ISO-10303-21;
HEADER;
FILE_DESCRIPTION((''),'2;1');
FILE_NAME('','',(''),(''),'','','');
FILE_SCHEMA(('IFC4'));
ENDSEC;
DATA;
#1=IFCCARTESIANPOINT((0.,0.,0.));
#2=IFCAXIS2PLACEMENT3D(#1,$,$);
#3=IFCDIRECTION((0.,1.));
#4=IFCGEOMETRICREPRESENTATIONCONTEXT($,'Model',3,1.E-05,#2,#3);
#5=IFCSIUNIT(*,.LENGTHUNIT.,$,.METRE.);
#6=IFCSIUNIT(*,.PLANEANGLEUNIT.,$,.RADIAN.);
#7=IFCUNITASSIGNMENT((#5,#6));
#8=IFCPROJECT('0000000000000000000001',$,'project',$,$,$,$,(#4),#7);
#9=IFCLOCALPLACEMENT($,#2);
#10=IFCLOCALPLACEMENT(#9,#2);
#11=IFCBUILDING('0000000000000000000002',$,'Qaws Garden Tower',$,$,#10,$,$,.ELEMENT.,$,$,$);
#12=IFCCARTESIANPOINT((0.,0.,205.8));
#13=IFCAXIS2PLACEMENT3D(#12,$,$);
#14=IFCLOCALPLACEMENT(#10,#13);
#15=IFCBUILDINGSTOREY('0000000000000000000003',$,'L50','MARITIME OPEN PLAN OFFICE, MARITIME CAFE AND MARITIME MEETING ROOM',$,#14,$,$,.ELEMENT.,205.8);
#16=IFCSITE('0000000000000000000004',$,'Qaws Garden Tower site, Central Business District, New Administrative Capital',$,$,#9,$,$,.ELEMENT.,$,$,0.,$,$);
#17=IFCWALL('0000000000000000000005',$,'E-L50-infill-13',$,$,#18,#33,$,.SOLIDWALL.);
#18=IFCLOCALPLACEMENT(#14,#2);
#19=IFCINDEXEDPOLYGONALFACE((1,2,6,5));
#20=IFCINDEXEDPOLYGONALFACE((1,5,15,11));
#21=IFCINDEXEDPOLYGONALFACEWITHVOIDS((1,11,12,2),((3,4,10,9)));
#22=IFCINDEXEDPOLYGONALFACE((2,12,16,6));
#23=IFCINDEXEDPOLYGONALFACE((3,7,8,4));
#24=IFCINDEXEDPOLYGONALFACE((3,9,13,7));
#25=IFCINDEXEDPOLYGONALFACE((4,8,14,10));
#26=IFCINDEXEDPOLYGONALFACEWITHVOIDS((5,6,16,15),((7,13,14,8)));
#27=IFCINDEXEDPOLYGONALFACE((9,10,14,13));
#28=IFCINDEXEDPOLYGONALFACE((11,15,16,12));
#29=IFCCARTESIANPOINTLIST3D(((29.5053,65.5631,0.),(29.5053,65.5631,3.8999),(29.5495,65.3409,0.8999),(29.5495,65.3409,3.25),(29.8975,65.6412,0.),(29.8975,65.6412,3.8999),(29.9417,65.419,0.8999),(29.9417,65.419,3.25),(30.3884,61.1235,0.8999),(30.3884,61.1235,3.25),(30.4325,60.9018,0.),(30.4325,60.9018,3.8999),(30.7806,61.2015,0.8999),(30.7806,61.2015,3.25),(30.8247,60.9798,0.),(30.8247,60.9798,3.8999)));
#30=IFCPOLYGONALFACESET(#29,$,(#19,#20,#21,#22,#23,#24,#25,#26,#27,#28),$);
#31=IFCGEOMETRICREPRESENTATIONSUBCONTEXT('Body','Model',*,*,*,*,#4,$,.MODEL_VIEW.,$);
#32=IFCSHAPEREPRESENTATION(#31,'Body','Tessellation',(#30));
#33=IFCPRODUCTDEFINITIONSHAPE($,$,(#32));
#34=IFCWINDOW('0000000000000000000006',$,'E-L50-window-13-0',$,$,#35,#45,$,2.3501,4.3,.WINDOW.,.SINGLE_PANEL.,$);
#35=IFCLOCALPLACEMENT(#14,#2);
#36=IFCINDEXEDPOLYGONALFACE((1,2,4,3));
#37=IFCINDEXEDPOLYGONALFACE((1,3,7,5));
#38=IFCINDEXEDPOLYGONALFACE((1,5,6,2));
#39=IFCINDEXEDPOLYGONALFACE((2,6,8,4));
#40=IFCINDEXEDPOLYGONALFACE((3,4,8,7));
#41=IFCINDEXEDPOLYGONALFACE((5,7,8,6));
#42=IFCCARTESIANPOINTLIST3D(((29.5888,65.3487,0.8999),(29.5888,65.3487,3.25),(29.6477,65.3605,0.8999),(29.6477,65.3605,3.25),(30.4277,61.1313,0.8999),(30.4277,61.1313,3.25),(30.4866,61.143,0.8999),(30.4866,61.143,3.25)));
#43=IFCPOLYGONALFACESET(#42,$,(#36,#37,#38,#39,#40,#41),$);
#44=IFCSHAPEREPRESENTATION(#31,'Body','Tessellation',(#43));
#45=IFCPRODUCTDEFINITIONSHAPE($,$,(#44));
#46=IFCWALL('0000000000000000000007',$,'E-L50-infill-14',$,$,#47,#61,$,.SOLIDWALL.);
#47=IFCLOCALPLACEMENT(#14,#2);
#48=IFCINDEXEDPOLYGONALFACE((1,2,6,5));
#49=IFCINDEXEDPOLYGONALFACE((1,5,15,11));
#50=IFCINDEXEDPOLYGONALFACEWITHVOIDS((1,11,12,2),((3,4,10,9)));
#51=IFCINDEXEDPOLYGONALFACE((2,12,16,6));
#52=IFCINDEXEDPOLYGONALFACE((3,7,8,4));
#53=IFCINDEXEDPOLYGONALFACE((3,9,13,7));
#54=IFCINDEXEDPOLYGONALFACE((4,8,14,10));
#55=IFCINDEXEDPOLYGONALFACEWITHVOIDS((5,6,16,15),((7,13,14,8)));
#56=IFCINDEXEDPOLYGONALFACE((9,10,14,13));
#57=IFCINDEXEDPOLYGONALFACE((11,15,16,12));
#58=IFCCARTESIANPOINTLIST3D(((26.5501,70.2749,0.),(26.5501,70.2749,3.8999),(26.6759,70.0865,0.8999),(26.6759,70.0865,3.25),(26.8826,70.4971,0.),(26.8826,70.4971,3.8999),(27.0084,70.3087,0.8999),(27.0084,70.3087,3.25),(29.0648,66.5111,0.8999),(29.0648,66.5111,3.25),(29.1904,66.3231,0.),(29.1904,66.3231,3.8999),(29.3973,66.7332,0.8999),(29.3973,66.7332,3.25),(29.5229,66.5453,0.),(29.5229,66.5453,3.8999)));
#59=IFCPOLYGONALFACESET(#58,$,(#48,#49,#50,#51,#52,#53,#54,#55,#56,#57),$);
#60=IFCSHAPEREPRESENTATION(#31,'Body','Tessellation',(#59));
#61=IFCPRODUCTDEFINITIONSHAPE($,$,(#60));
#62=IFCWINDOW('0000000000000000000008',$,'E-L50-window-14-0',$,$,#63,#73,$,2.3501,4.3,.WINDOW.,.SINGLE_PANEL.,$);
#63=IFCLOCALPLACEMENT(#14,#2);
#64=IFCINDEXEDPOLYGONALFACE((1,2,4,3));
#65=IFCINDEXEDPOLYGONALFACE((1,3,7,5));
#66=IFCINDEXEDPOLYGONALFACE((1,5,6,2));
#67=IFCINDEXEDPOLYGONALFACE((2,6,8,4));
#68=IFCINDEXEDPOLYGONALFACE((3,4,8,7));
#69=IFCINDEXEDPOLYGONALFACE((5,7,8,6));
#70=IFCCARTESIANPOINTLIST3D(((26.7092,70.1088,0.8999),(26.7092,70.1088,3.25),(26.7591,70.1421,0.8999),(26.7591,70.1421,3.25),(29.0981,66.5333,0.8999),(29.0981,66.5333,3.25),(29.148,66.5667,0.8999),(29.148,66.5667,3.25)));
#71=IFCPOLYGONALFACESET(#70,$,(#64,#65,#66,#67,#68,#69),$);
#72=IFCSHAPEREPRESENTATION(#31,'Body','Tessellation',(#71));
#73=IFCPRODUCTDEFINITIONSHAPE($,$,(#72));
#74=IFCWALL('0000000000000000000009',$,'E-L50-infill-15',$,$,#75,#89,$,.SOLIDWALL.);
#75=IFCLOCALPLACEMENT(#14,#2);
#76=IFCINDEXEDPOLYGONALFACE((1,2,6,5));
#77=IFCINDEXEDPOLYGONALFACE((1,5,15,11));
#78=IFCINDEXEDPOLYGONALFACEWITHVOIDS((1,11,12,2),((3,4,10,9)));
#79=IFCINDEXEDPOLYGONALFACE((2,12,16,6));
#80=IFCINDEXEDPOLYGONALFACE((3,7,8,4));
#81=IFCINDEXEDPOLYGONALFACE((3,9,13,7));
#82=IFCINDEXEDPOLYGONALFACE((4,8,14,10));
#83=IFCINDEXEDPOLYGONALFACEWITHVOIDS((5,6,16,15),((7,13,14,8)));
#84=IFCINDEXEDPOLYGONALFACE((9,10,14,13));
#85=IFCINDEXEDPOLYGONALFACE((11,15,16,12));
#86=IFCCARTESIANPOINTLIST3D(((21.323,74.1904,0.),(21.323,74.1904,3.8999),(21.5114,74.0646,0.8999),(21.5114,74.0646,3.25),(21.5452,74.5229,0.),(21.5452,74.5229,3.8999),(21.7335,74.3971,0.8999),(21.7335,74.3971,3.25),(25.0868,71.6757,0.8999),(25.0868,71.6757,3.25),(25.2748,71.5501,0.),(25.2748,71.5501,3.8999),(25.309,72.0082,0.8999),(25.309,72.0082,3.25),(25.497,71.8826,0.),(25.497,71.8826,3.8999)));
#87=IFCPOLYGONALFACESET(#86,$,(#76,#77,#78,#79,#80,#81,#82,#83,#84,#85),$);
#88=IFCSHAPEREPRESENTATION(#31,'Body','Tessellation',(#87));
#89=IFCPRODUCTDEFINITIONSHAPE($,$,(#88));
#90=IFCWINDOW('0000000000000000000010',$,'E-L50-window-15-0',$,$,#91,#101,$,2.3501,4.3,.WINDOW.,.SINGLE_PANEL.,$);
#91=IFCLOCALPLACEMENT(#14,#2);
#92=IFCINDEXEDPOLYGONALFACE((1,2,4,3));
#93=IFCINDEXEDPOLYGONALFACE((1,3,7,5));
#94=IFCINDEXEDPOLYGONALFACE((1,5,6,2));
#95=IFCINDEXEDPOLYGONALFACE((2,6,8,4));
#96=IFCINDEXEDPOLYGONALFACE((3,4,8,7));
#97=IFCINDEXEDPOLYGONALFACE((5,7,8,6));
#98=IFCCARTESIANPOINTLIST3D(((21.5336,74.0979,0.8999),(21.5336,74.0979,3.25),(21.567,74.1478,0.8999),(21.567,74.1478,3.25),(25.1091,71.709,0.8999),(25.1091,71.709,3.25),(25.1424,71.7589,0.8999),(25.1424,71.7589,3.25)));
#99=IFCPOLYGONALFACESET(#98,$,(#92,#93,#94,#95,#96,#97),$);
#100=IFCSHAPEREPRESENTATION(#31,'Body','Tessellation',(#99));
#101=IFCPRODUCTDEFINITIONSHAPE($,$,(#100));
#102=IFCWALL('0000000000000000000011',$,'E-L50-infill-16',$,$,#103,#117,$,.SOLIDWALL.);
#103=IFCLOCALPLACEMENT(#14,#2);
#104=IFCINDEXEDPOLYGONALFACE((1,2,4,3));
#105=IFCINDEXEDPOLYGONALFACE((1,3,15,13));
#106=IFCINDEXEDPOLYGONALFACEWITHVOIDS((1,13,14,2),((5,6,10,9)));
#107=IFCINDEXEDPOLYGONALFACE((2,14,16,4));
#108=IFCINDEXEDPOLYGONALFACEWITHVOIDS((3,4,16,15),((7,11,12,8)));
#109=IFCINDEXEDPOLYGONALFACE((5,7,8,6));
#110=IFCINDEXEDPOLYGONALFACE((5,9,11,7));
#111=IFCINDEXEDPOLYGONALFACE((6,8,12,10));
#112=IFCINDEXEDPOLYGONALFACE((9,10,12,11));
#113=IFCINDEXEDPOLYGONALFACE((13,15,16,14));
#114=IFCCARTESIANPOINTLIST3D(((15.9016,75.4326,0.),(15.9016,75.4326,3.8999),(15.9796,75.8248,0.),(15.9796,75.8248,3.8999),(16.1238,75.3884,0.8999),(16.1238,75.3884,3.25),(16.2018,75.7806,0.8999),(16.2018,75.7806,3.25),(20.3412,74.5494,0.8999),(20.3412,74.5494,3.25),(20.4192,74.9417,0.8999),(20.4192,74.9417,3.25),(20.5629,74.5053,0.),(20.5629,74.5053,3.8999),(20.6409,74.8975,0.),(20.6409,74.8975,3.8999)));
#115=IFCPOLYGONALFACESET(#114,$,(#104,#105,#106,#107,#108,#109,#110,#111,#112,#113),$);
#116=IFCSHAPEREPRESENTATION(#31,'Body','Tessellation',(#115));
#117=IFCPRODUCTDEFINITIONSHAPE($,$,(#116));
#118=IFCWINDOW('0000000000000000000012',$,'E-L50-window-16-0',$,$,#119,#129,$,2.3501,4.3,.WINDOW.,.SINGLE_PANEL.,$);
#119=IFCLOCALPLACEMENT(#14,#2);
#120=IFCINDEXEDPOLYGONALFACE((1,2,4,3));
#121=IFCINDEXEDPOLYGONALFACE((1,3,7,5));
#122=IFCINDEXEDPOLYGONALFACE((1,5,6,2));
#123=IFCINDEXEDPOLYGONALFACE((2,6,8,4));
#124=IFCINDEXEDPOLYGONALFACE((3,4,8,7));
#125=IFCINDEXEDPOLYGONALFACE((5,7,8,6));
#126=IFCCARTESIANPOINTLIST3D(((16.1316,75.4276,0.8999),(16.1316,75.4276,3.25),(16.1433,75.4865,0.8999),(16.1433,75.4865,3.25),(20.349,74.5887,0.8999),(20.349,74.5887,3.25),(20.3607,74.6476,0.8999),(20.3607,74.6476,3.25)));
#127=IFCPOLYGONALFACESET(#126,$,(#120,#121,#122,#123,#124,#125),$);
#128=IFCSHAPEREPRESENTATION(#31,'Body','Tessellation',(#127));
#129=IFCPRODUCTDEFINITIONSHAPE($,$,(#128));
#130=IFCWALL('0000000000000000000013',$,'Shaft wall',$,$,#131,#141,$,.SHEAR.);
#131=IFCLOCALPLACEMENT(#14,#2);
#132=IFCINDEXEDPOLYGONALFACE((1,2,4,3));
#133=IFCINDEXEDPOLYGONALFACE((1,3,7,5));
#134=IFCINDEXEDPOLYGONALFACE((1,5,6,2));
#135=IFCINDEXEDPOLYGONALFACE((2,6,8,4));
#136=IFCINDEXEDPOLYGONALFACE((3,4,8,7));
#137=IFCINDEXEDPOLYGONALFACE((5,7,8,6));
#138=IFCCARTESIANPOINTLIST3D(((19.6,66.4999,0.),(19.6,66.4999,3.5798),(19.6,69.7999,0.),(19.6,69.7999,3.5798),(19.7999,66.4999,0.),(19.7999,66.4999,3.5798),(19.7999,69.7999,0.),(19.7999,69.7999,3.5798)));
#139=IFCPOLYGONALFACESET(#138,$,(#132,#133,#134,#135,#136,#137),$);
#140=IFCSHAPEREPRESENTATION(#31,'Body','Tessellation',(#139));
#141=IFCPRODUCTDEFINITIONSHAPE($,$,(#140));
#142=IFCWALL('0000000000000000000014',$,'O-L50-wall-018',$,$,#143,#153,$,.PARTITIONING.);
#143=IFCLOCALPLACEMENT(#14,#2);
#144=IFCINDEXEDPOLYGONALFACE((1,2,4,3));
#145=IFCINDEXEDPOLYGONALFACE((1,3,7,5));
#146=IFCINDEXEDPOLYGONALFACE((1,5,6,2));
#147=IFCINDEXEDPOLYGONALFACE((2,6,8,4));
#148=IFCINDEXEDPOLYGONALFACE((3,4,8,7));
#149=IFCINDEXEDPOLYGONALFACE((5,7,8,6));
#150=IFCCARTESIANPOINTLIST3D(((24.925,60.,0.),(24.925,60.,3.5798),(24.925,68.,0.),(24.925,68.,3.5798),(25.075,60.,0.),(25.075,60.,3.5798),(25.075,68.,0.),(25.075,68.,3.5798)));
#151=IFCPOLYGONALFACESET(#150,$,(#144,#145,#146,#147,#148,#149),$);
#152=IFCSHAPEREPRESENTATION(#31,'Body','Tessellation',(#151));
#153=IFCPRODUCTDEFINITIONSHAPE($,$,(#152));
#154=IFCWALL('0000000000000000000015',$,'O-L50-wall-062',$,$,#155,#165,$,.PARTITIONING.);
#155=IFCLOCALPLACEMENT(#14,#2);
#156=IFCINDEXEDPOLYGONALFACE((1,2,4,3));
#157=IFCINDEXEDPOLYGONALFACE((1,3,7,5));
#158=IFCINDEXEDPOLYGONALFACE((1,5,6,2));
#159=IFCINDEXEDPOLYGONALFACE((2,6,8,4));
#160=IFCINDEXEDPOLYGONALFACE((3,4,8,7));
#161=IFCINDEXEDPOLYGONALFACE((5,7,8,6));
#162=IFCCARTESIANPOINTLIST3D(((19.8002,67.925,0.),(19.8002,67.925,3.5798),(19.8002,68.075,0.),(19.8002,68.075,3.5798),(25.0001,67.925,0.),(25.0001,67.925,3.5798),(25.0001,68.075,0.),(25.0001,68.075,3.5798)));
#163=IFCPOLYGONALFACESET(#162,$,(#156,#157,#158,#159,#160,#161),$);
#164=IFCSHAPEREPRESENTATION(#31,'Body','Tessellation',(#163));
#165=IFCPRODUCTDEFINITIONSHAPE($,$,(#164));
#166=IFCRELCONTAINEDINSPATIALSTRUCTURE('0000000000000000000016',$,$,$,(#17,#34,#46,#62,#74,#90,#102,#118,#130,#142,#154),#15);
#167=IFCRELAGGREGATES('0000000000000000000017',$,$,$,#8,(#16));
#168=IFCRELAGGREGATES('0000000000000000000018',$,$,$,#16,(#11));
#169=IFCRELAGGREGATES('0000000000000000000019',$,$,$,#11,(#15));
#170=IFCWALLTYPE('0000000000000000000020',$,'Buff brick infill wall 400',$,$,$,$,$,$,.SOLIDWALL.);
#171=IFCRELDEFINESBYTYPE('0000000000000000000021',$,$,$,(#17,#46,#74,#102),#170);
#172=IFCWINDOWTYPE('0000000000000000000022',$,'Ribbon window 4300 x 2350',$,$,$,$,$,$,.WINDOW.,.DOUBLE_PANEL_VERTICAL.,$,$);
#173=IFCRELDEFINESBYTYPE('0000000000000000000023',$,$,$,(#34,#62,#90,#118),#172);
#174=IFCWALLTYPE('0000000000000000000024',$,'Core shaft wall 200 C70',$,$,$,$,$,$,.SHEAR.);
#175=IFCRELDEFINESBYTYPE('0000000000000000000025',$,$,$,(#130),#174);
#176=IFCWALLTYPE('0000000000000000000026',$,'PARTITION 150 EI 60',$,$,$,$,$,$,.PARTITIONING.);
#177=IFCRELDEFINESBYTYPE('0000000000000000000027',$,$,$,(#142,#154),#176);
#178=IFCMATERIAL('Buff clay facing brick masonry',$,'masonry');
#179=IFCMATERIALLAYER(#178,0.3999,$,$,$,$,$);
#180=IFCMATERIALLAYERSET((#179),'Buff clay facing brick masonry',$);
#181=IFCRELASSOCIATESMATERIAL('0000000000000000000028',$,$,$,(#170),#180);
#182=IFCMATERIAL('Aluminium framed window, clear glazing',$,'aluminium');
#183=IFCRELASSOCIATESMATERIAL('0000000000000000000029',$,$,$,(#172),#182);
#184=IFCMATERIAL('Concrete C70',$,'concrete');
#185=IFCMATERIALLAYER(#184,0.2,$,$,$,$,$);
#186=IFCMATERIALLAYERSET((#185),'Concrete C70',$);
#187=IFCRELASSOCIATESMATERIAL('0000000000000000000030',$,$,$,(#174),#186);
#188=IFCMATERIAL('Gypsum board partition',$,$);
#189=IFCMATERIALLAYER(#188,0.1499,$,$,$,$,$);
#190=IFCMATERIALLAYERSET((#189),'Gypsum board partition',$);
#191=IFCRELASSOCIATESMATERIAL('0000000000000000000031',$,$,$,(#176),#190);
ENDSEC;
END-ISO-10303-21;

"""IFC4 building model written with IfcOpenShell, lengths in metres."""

from ifc_helpers import new_model, si_unit, direction, frame, frame_2d, origin, place, context, subcontext, project, spatial, rectangle, extrude, material, layer, layer_set, type_object, element, fill, save


model = new_model("IFC4")

# Units and contexts
model_context = context("Model", 3, precision=1e-05, world=origin(), true_north=direction((0.0, 1.0)))
body_context = subcontext(model_context, "Body", "Model", "MODEL_VIEW")
ifc_project = project(units=[si_unit("LENGTHUNIT", "METRE"), si_unit("PLANEANGLEUNIT", "RADIAN")], contexts=[model_context])

# Site, building, storey
site_placement = place(None, origin())
site = spatial("IfcSite", under=ifc_project, at=site_placement, Name="Qaws Garden Tower site, Central Business District, New Administrative Capital", CompositionType="ELEMENT", RefElevation=0.0)
building_placement = place(site_placement, origin())
building = spatial("IfcBuilding", under=site, at=building_placement, Name="Qaws Garden Tower", CompositionType="ELEMENT")
storey_placement = place(building_placement, frame((0.0, 0.0, 205.8)))
storey = spatial("IfcBuildingStorey", under=building, at=storey_placement, Name="L50", Description="MARITIME OPEN PLAN OFFICE, MARITIME CAFE AND MARITIME MEETING ROOM", CompositionType="ELEMENT", Elevation=205.8)

# Walls, openings, windows
ifc_material_1 = material(Name="Buff clay facing brick masonry", Category="masonry")
ifc_layer_1 = layer(ifc_material_1, 0.3999)
ifc_layer_set_1 = layer_set([ifc_layer_1], Name="Buff clay facing brick masonry")
wall_type_1 = type_object("IfcWallType", Name="Buff brick infill wall 400", PredefinedType="SOLIDWALL", material=ifc_layer_set_1)
wall_1_placement = place(storey_placement, frame((30.6287, 60.9407, 0.0), z_axis=(0.0, 0.0, 1.0), x_axis=(-0.195099, 0.980784, 0.0)))
wall_1 = element("IfcWall", 1, at=wall_1_placement, inside=storey, type_object=wall_type_1, Name="E-L50-infill-13", PredefinedType="SOLIDWALL", context=body_context, shape_type="SweptSolid", body=[
    extrude(rectangle(XDim=4.7527, YDim=0.3999, at=frame_2d((2.3765, 0.0))), origin(), (0.0, 0.0, 1.0), 3.8999),
])
opening_1_placement = place(wall_1_placement, frame((0.2263, 0.0, 0.8999)))
opening_1 = element("IfcOpeningElement", 2, at=opening_1_placement, cuts=wall_1, PredefinedType="OPENING", context=body_context, shape_type="SweptSolid", body=[
    extrude(rectangle(XDim=4.3, YDim=2.3501, at=frame_2d((2.1499, 1.175))), frame((0.0, 0.21, 0.0), z_axis=(0.0, -1.0, 0.0), x_axis=(1.0, 0.0, 0.0)), (0.0, 0.0, 1.0), 0.4199),
])
ifc_material_2 = material(Name="Aluminium framed window, clear glazing", Category="aluminium")
window_type = type_object("IfcWindowType", Name="Ribbon window 4300 x 2350", PartitioningType="DOUBLE_PANEL_VERTICAL", PredefinedType="WINDOW", material=ifc_material_2)
window_1_placement = place(opening_1_placement, origin())
window_1 = element("IfcWindow", 3, at=window_1_placement, inside=storey, type_object=window_type, Name="E-L50-window-13-0", OverallHeight=2.3501, OverallWidth=4.3, PartitioningType="SINGLE_PANEL", PredefinedType="WINDOW", context=body_context, shape_type="SweptSolid", body=[
    extrude(rectangle(XDim=4.3, YDim=2.3501, at=frame_2d((2.1499, 1.175))), frame((0.0, 0.1599, 0.0), z_axis=(0.0, -1.0, 0.0), x_axis=(1.0, 0.0, 0.0)), (0.0, 0.0, 1.0), 0.0601),
])
fill(opening_1, window_1)
wall_2_placement = place(storey_placement, frame((29.3567, 66.4341, 0.0), z_axis=(0.0, 0.0, 1.0), x_axis=(-0.555542, 0.831489, 0.0)))
wall_2 = element("IfcWall", 4, at=wall_2_placement, inside=storey, type_object=wall_type_1, Name="E-L50-infill-14", PredefinedType="SOLIDWALL", context=body_context, shape_type="SweptSolid", body=[
    extrude(rectangle(XDim=4.7527, YDim=0.3999, at=frame_2d((2.3765, 0.0))), origin(), (0.0, 0.0, 1.0), 3.8999),
])
opening_2_placement = place(wall_2_placement, frame((0.2263, 0.0, 0.8999)))
opening_2 = element("IfcOpeningElement", 5, at=opening_2_placement, cuts=wall_2, PredefinedType="OPENING", context=body_context, shape_type="SweptSolid", body=[
    extrude(rectangle(XDim=4.3, YDim=2.3501, at=frame_2d((2.1499, 1.175))), frame((0.0, 0.21, 0.0), z_axis=(0.0, -1.0, 0.0), x_axis=(1.0, 0.0, 0.0)), (0.0, 0.0, 1.0), 0.4199),
])
window_2_placement = place(opening_2_placement, origin())
window_2 = element("IfcWindow", 6, at=window_2_placement, inside=storey, type_object=window_type, Name="E-L50-window-14-0", OverallHeight=2.3501, OverallWidth=4.3, PartitioningType="SINGLE_PANEL", PredefinedType="WINDOW", context=body_context, shape_type="SweptSolid", body=[
    extrude(rectangle(XDim=4.3, YDim=2.3501, at=frame_2d((2.1499, 1.175))), frame((0.0, 0.1599, 0.0), z_axis=(0.0, -1.0, 0.0), x_axis=(1.0, 0.0, 0.0)), (0.0, 0.0, 1.0), 0.0601),
])
fill(opening_2, window_2)
wall_3_placement = place(storey_placement, frame((25.386, 71.7163, 0.0), z_axis=(0.0, 0.0, 1.0), x_axis=(-0.831489, 0.555542, 0.0)))
wall_3 = element("IfcWall", 7, at=wall_3_placement, inside=storey, type_object=wall_type_1, Name="E-L50-infill-15", PredefinedType="SOLIDWALL", context=body_context, shape_type="SweptSolid", body=[
    extrude(rectangle(XDim=4.7527, YDim=0.3999, at=frame_2d((2.3765, 0.0))), origin(), (0.0, 0.0, 1.0), 3.8999),
])
opening_3_placement = place(wall_3_placement, frame((0.2263, 0.0, 0.8999)))
opening_3 = element("IfcOpeningElement", 8, at=opening_3_placement, cuts=wall_3, PredefinedType="OPENING", context=body_context, shape_type="SweptSolid", body=[
    extrude(rectangle(XDim=4.3, YDim=2.3501, at=frame_2d((2.1499, 1.175))), frame((0.0, 0.21, 0.0), z_axis=(0.0, -1.0, 0.0), x_axis=(1.0, 0.0, 0.0)), (0.0, 0.0, 1.0), 0.4199),
])
window_3_placement = place(opening_3_placement, origin())
window_3 = element("IfcWindow", 9, at=window_3_placement, inside=storey, type_object=window_type, Name="E-L50-window-15-0", OverallHeight=2.3501, OverallWidth=4.3, PartitioningType="SINGLE_PANEL", PredefinedType="WINDOW", context=body_context, shape_type="SweptSolid", body=[
    extrude(rectangle(XDim=4.3, YDim=2.3501, at=frame_2d((2.1499, 1.175))), frame((0.0, 0.1599, 0.0), z_axis=(0.0, -1.0, 0.0), x_axis=(1.0, 0.0, 0.0)), (0.0, 0.0, 1.0), 0.0601),
])
fill(opening_3, window_3)
wall_4_placement = place(storey_placement, frame((20.6021, 74.7014, 0.0), z_axis=(0.0, 0.0, 1.0), x_axis=(-0.980784, 0.195099, 0.0)))
wall_4 = element("IfcWall", 10, at=wall_4_placement, inside=storey, type_object=wall_type_1, Name="E-L50-infill-16", PredefinedType="SOLIDWALL", context=body_context, shape_type="SweptSolid", body=[
    extrude(rectangle(XDim=4.7527, YDim=0.3999, at=frame_2d((2.3765, 0.0))), origin(), (0.0, 0.0, 1.0), 3.8999),
])
opening_4_placement = place(wall_4_placement, frame((0.2263, 0.0, 0.8999)))
opening_4 = element("IfcOpeningElement", 11, at=opening_4_placement, cuts=wall_4, PredefinedType="OPENING", context=body_context, shape_type="SweptSolid", body=[
    extrude(rectangle(XDim=4.3, YDim=2.3501, at=frame_2d((2.1499, 1.175))), frame((0.0, 0.21, 0.0), z_axis=(0.0, -1.0, 0.0), x_axis=(1.0, 0.0, 0.0)), (0.0, 0.0, 1.0), 0.4199),
])
window_4_placement = place(opening_4_placement, origin())
window_4 = element("IfcWindow", 12, at=window_4_placement, inside=storey, type_object=window_type, Name="E-L50-window-16-0", OverallHeight=2.3501, OverallWidth=4.3, PartitioningType="SINGLE_PANEL", PredefinedType="WINDOW", context=body_context, shape_type="SweptSolid", body=[
    extrude(rectangle(XDim=4.3, YDim=2.3501, at=frame_2d((2.1499, 1.175))), frame((0.0, 0.1599, 0.0), z_axis=(0.0, -1.0, 0.0), x_axis=(1.0, 0.0, 0.0)), (0.0, 0.0, 1.0), 0.0601),
])
fill(opening_4, window_4)

# Walls
ifc_material_3 = material(Name="Concrete C70", Category="concrete")
ifc_layer_2 = layer(ifc_material_3, 0.2)
ifc_layer_set_2 = layer_set([ifc_layer_2], Name="Concrete C70")
wall_type_2 = type_object("IfcWallType", Name="Core shaft wall 200 C70", PredefinedType="SHEAR", material=ifc_layer_set_2)
wall_5_placement = place(storey_placement, frame((19.7, 66.5, 0.0), z_axis=(0.0, 0.0, 1.0), x_axis=(0.0, 1.0, 0.0)))
element("IfcWall", 13, at=wall_5_placement, inside=storey, type_object=wall_type_2, Name="Shaft wall", PredefinedType="SHEAR", context=body_context, shape_type="SweptSolid", body=[
    extrude(rectangle(XDim=3.3, YDim=0.2, at=frame_2d((1.6499, 0.0))), origin(), (0.0, 0.0, 1.0), 3.5798),
])
ifc_material_4 = material(Name="Gypsum board partition")
ifc_layer_3 = layer(ifc_material_4, 0.1499)
ifc_layer_set_3 = layer_set([ifc_layer_3], Name="Gypsum board partition")
wall_type_3 = type_object("IfcWallType", Name="PARTITION 150 EI 60", PredefinedType="PARTITIONING", material=ifc_layer_set_3)
wall_6_placement = place(storey_placement, frame((25.0, 60.0, 0.0), z_axis=(0.0, 0.0, 1.0), x_axis=(0.0, 1.0, 0.0)))
element("IfcWall", 14, at=wall_6_placement, inside=storey, type_object=wall_type_3, Name="O-L50-wall-018", PredefinedType="PARTITIONING", context=body_context, shape_type="SweptSolid", body=[
    extrude(rectangle(XDim=8.0, YDim=0.1499, at=frame_2d((4.0, 0.0))), origin(), (0.0, 0.0, 1.0), 3.5798),
])
wall_7_placement = place(storey_placement, frame((19.8, 68.0, 0.0), z_axis=(0.0, 0.0, 1.0), x_axis=(1.0, 0.0, 0.0)))
element("IfcWall", 15, at=wall_7_placement, inside=storey, type_object=wall_type_3, Name="O-L50-wall-062", PredefinedType="PARTITIONING", context=body_context, shape_type="SweptSolid", body=[
    extrude(rectangle(XDim=5.2, YDim=0.1499, at=frame_2d((2.6001, 0.0))), origin(), (0.0, 0.0, 1.0), 3.5798),
])

save(model, "model.ifc")
